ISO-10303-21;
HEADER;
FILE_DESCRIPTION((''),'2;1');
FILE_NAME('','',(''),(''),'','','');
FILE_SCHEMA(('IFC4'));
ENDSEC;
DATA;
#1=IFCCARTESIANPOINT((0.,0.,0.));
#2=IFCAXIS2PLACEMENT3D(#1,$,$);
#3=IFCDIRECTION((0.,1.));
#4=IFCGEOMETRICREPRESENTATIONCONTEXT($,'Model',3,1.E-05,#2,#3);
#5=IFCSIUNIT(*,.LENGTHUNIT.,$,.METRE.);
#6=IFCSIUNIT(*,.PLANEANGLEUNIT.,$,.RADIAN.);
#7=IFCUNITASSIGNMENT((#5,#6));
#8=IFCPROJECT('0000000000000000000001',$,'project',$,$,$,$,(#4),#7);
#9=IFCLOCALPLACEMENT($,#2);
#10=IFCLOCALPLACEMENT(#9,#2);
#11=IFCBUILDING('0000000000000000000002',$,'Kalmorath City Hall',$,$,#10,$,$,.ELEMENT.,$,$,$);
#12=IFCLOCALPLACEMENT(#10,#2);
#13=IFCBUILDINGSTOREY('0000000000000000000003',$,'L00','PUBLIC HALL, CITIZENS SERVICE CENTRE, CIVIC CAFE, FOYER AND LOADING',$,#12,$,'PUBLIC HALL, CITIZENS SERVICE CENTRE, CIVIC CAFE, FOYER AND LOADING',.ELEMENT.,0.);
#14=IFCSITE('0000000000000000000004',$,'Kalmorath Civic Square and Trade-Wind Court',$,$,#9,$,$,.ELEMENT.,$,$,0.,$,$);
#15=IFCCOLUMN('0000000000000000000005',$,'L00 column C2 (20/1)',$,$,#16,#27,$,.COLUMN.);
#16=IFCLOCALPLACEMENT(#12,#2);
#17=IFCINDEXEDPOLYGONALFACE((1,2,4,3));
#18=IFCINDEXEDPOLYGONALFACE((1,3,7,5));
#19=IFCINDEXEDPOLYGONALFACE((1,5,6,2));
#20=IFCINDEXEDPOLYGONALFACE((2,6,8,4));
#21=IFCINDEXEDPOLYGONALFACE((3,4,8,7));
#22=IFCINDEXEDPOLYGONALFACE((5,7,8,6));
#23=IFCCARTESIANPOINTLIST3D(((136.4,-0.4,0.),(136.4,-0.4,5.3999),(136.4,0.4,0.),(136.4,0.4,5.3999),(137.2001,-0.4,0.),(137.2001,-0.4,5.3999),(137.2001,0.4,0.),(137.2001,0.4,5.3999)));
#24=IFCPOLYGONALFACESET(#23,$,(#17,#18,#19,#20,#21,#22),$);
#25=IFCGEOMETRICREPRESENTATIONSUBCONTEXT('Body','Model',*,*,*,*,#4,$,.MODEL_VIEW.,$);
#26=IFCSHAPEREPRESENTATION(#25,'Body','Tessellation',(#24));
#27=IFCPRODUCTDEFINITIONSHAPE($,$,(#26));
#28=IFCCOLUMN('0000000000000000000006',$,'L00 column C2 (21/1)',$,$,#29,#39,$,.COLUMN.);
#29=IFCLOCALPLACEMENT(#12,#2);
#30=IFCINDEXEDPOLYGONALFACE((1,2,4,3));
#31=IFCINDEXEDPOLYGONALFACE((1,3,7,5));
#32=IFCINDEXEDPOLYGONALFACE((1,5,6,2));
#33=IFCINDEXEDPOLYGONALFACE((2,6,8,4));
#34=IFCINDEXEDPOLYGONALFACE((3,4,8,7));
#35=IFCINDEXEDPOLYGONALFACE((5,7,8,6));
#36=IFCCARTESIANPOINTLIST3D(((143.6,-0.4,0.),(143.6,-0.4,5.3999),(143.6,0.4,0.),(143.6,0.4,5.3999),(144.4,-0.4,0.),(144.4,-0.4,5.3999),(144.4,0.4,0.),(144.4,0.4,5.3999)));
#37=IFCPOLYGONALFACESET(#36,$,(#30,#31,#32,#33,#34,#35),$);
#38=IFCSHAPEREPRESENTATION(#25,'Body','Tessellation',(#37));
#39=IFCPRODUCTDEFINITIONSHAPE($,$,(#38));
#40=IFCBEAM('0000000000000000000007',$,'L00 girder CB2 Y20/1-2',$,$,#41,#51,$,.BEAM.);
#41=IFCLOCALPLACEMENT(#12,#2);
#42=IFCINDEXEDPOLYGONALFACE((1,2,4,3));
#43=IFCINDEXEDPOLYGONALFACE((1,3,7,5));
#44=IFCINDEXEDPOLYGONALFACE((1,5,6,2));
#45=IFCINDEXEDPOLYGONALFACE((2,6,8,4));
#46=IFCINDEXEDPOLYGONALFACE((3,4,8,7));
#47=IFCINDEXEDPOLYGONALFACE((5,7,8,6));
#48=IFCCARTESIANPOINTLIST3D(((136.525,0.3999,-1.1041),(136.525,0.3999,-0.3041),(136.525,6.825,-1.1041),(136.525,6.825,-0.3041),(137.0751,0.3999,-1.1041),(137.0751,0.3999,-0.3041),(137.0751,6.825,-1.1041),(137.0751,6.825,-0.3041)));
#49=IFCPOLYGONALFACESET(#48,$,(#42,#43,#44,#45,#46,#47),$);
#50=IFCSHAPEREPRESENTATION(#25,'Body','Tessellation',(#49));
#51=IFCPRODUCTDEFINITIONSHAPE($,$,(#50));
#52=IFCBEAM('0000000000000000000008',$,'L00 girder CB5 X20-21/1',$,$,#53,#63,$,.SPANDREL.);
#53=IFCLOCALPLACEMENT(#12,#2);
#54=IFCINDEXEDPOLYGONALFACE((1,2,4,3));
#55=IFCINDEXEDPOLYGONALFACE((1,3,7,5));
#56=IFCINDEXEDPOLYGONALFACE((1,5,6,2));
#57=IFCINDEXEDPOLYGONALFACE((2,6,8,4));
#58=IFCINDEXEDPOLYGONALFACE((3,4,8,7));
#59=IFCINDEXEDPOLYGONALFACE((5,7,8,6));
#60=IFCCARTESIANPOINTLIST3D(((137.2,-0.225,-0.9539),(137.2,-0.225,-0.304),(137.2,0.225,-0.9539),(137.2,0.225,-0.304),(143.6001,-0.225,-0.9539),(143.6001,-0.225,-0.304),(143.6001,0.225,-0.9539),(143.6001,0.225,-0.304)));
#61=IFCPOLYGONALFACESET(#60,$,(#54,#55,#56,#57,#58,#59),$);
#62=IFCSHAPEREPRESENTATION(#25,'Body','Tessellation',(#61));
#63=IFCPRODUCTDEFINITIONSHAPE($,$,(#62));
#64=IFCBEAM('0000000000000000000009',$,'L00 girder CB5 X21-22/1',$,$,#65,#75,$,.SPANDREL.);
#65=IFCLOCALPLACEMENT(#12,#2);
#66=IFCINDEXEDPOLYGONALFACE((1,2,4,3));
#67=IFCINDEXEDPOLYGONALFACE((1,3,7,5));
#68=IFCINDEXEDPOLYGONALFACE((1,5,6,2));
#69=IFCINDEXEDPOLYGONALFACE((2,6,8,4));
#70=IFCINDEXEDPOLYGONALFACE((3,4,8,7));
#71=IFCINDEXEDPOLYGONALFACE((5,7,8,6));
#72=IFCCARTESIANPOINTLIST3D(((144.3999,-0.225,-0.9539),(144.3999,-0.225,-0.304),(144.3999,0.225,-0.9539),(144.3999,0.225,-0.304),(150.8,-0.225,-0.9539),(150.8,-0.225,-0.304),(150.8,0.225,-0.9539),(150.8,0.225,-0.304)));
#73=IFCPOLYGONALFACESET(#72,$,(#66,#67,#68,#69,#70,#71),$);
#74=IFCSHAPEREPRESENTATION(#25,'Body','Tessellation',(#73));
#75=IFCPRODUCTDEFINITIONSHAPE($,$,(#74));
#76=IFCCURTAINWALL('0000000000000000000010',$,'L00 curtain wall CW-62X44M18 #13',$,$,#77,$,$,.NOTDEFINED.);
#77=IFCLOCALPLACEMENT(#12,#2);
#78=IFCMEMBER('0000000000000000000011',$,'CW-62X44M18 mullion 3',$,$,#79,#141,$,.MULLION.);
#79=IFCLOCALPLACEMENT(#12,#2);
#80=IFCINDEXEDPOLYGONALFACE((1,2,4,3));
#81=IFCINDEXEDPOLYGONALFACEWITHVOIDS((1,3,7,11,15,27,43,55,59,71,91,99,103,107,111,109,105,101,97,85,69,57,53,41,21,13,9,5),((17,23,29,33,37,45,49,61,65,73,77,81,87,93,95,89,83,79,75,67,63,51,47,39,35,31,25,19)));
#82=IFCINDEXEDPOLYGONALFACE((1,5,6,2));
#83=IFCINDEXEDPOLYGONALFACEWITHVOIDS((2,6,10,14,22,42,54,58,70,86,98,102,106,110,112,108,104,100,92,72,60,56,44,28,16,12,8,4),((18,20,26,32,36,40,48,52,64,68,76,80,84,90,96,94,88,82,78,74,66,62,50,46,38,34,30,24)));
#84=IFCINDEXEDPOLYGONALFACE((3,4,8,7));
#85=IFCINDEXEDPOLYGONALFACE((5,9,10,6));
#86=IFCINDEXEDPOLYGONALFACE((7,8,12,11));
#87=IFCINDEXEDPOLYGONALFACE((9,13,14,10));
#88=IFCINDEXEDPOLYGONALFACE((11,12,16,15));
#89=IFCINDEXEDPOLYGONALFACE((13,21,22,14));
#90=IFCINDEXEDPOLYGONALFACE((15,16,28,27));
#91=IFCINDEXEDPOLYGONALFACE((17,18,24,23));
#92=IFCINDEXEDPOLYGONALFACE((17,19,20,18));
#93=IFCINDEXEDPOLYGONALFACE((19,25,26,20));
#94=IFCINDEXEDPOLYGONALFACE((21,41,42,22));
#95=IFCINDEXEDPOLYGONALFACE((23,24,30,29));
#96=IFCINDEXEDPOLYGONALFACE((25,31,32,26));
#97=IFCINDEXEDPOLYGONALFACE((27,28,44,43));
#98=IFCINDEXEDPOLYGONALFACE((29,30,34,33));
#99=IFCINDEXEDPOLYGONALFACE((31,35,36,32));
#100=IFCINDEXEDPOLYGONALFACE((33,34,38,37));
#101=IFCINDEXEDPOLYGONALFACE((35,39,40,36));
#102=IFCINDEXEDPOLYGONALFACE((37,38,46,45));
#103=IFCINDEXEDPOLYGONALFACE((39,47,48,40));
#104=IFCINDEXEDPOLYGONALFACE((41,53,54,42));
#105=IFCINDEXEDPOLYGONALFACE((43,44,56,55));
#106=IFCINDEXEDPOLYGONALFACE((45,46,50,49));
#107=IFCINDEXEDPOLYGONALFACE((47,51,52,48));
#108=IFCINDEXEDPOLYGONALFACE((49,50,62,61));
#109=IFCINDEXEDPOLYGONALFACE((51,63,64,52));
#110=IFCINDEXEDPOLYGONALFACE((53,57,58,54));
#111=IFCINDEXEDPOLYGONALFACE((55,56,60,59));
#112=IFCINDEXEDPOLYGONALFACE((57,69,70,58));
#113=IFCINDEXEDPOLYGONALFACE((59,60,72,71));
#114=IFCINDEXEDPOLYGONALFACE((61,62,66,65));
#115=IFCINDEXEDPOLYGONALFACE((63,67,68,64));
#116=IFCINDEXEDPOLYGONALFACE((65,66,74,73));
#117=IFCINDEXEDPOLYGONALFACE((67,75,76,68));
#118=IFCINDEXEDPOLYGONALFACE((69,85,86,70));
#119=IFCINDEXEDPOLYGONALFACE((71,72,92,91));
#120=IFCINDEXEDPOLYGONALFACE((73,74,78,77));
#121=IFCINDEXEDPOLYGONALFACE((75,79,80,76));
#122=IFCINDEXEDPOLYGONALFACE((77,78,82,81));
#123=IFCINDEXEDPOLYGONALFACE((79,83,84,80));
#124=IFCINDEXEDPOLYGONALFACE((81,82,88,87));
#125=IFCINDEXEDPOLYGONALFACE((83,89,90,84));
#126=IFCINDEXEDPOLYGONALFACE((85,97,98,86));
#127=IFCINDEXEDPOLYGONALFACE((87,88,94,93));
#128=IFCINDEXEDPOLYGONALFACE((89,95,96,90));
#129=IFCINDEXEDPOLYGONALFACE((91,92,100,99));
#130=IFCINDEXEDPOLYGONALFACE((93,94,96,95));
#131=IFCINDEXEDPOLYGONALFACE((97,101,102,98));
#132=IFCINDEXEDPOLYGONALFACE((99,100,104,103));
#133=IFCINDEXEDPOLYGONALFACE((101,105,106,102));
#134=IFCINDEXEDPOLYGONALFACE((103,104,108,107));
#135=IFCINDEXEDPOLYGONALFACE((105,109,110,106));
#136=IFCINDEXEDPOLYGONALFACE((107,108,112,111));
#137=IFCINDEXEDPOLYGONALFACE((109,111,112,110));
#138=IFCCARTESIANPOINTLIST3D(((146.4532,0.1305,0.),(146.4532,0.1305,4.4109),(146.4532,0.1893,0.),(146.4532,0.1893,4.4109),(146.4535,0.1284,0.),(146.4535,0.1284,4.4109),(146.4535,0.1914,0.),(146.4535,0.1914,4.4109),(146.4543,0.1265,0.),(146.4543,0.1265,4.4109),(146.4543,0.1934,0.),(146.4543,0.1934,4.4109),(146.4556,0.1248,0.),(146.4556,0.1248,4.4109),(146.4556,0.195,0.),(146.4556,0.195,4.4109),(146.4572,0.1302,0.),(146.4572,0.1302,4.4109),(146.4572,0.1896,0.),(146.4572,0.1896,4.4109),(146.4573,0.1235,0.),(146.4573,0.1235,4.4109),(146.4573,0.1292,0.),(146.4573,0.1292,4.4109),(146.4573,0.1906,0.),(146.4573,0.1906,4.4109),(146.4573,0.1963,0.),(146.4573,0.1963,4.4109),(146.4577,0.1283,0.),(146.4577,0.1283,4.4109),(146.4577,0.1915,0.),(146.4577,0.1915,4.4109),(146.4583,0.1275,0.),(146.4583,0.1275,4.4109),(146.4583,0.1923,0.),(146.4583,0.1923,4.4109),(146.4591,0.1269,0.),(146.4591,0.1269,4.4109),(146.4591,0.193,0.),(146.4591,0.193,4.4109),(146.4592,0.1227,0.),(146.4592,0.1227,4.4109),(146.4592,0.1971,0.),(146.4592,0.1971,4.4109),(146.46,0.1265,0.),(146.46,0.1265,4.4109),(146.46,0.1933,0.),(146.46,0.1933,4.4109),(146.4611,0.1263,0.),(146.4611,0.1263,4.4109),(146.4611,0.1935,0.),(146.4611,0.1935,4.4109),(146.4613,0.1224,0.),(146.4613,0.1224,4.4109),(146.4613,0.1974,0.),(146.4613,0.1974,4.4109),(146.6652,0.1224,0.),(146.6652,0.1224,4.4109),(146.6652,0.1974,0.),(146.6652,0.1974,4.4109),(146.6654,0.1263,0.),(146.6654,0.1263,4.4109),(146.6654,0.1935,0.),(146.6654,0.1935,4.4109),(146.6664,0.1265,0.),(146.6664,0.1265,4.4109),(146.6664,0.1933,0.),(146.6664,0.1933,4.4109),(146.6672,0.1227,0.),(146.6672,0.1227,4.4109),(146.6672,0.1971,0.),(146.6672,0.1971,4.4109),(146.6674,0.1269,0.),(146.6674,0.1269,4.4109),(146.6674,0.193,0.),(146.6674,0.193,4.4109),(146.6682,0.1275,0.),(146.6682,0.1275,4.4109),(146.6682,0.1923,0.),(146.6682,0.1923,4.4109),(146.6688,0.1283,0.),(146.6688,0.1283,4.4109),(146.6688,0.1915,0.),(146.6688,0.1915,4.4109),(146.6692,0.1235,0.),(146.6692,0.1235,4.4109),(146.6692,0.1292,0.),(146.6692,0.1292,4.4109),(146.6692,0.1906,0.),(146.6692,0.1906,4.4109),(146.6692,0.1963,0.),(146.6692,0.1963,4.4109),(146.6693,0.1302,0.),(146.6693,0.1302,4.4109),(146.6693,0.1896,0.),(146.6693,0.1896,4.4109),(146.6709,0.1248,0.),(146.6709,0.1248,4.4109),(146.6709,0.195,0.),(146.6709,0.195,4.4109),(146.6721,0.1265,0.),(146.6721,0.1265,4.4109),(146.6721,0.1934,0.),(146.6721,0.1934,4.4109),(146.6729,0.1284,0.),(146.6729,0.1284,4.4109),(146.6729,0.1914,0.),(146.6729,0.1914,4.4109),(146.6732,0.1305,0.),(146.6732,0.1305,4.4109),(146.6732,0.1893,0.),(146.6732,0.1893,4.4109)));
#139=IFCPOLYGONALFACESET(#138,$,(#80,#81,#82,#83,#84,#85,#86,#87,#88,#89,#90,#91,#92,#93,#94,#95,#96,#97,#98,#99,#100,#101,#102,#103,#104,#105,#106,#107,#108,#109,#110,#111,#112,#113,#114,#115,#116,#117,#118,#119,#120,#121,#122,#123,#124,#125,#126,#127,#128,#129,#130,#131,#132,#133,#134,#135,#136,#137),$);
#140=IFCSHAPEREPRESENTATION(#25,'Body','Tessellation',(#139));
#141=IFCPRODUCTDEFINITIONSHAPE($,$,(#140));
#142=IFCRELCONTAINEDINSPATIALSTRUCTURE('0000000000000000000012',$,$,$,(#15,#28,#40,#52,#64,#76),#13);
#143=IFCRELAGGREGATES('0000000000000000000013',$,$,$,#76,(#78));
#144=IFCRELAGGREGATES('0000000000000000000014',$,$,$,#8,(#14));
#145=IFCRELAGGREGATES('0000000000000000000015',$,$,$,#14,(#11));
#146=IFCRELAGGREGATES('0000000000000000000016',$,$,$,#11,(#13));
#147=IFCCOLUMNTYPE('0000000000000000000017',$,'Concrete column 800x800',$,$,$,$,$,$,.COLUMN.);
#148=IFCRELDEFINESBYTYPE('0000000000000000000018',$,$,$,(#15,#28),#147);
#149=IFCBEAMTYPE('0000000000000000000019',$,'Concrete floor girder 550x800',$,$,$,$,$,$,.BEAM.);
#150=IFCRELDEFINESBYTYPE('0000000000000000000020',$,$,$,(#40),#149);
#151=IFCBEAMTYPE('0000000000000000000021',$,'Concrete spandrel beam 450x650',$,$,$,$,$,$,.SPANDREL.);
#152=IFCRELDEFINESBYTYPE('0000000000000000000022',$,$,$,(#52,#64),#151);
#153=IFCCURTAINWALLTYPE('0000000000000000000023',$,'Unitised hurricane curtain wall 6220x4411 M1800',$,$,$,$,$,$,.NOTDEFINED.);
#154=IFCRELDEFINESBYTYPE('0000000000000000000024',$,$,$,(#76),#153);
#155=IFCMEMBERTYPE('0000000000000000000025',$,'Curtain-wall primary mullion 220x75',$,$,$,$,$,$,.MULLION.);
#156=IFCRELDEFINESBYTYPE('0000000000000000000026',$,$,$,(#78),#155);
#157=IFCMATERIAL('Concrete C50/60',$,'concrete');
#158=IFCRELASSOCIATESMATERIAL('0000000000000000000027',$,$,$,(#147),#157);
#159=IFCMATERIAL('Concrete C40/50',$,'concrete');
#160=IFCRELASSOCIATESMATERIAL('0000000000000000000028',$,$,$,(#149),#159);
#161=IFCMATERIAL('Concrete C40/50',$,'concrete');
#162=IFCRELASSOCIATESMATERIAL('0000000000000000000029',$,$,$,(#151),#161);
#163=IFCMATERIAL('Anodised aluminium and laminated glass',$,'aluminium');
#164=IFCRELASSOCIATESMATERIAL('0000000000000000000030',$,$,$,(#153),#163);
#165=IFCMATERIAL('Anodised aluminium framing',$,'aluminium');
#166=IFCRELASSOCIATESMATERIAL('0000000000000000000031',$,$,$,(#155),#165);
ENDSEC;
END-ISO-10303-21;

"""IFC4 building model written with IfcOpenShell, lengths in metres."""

from ifc_helpers import new_model, si_unit, direction, frame, origin, origin_2d, place, context, subcontext, project, spatial, rectangle, hollow_rectangle, extrude, material, material_profile, profile_set, type_object, element, aggregate, save


model = new_model("IFC4")

# Units and contexts
model_context = context("Model", 3, precision=1e-05, world=origin(), true_north=direction((0.0, 1.0)))
body_context = subcontext(model_context, "Body", "Model", "MODEL_VIEW")
ifc_project = project(units=[si_unit("LENGTHUNIT", "METRE"), si_unit("PLANEANGLEUNIT", "RADIAN")], contexts=[model_context])

# Site, building, storey
site_placement = place(None, origin())
site = spatial("IfcSite", under=ifc_project, at=site_placement, Name="Kalmorath Civic Square and Trade-Wind Court", CompositionType="ELEMENT", RefElevation=0.0)
building_placement = place(site_placement, origin())
building = spatial("IfcBuilding", under=site, at=building_placement, Name="Kalmorath City Hall", CompositionType="ELEMENT")
storey_placement = place(building_placement, origin())
storey = spatial("IfcBuildingStorey", under=building, at=storey_placement, Name="L00", Description="PUBLIC HALL, CITIZENS SERVICE CENTRE, CIVIC CAFE, FOYER AND LOADING", LongName="PUBLIC HALL, CITIZENS SERVICE CENTRE, CIVIC CAFE, FOYER AND LOADING", CompositionType="ELEMENT", Elevation=0.0)

# Columns
ifc_material_1 = material(Name="Concrete C50/60", Category="concrete")
ifc_material_profile_1 = material_profile(ifc_material_1, rectangle(XDim=0.8, YDim=0.8, at=origin_2d()), Name="RC-COL-800X800")
ifc_profile_set_1 = profile_set([ifc_material_profile_1], Name="Concrete C50/60")
column_type = type_object("IfcColumnType", Name="Concrete column 800x800", PredefinedType="COLUMN", material=ifc_profile_set_1)
for number, where, z_axis, x_axis, name in (
    (1, (136.8, 0.0, 0.0), (0.0, 0.0, 1.0), (1.0, 0.0, 0.0), "L00 column C2 (20/1)"),
    (2, (144.0, 0.0, 0.0), (0.0, 0.0, 1.0), (1.0, 0.0, 0.0), "L00 column C2 (21/1)"),
):
    element("IfcColumn", number, at=place(storey_placement, frame(where, z_axis=z_axis, x_axis=x_axis)), inside=storey, type_object=column_type, Name=name, PredefinedType="COLUMN", context=body_context, shape_type="SweptSolid", body=[
        extrude(rectangle(XDim=0.8, YDim=0.8, at=origin_2d()), origin(), (0.0, 0.0, 1.0), 5.3999),
    ])

# Beams
ifc_material_2 = material(Name="Concrete C40/50", Category="concrete")
ifc_material_profile_2 = material_profile(ifc_material_2, rectangle(XDim=0.55, YDim=0.8, at=origin_2d()), Name="RC-BM-550X800")
ifc_profile_set_2 = profile_set([ifc_material_profile_2], Name="Concrete C40/50")
beam_type_1 = type_object("IfcBeamType", Name="Concrete floor girder 550x800", PredefinedType="BEAM", material=ifc_profile_set_2)
beam_placement = place(storey_placement, frame((136.8, 0.3999, -0.7041), z_axis=(0.0, 1.0, 0.0), x_axis=(-1.0, 0.0, 0.0)))
element("IfcBeam", 3, at=beam_placement, inside=storey, type_object=beam_type_1, Name="L00 girder CB2 Y20/1-2", PredefinedType="BEAM", context=body_context, shape_type="SweptSolid", body=[
    extrude(rectangle(XDim=0.55, YDim=0.8, at=origin_2d()), origin(), (0.0, 0.0, 1.0), 6.425),
])
ifc_material_3 = material(Name="Concrete C40/50", Category="concrete")
ifc_material_profile_3 = material_profile(ifc_material_3, rectangle(XDim=0.45, YDim=0.6499, at=origin_2d()), Name="RC-BM-450X650")
ifc_profile_set_3 = profile_set([ifc_material_profile_3], Name="Concrete C40/50")
beam_type_2 = type_object("IfcBeamType", Name="Concrete spandrel beam 450x650", PredefinedType="SPANDREL", material=ifc_profile_set_3)
for number, where, z_axis, x_axis, name in (
    (4, (137.2, 0.0, -0.6289), (1.0, 0.0, 0.0), (0.0, 1.0, 0.0), "L00 girder CB5 X20-21/1"),
    (5, (144.3999, 0.0, -0.6289), (1.0, 0.0, 0.0), (0.0, 1.0, 0.0), "L00 girder CB5 X21-22/1"),
):
    element("IfcBeam", number, at=place(storey_placement, frame(where, z_axis=z_axis, x_axis=x_axis)), inside=storey, type_object=beam_type_2, Name=name, PredefinedType="SPANDREL", context=body_context, shape_type="SweptSolid", body=[
        extrude(rectangle(XDim=0.45, YDim=0.6499, at=origin_2d()), origin(), (0.0, 0.0, 1.0), 6.4001),
    ])

# Curtain wall, member
ifc_material_4 = material(Name="Anodised aluminium and laminated glass", Category="aluminium")
curtain_wall_type = type_object("IfcCurtainWallType", Name="Unitised hurricane curtain wall 6220x4411 M1800", PredefinedType="NOTDEFINED", material=ifc_material_4)
curtain_wall_1_placement = place(storey_placement, origin())
curtain_wall_1 = element("IfcCurtainWall", 6, at=curtain_wall_1_placement, inside=storey, type_object=curtain_wall_type, Name="L00 curtain wall CW-62X44M18 #13", PredefinedType="NOTDEFINED")
ifc_material_5 = material(Name="Anodised aluminium framing", Category="aluminium")
ifc_material_profile_4 = material_profile(ifc_material_5, hollow_rectangle(XDim=0.075, YDim=0.22, WallThickness=0.0039, InnerFilletRadius=0.0039, OuterFilletRadius=0.0081, at=origin_2d()), Name="ALU-MUL-220X75X4")
ifc_profile_set_4 = profile_set([ifc_material_profile_4], Name="Anodised aluminium framing")
member_type_1 = type_object("IfcMemberType", Name="Curtain-wall primary mullion 220x75", PredefinedType="MULLION", material=ifc_profile_set_4)
member_1_placement = place(storey_placement, frame((146.5632, 0.1599, 0.0), z_axis=(0.0, 0.0, 1.0), x_axis=(0.0, -1.0, 0.0)))
member_1 = element("IfcMember", 7, at=member_1_placement, type_object=member_type_1, Name="CW-62X44M18 mullion 3", PredefinedType="MULLION", context=body_context, shape_type="SweptSolid", body=[
    extrude(hollow_rectangle(XDim=0.075, YDim=0.22, WallThickness=0.0039, InnerFilletRadius=0.0039, OuterFilletRadius=0.0081, at=origin_2d()), origin(), (0.0, 0.0, 1.0), 4.4109),
])

aggregate(curtain_wall_1, [member_1])

save(model, "model.ifc")
